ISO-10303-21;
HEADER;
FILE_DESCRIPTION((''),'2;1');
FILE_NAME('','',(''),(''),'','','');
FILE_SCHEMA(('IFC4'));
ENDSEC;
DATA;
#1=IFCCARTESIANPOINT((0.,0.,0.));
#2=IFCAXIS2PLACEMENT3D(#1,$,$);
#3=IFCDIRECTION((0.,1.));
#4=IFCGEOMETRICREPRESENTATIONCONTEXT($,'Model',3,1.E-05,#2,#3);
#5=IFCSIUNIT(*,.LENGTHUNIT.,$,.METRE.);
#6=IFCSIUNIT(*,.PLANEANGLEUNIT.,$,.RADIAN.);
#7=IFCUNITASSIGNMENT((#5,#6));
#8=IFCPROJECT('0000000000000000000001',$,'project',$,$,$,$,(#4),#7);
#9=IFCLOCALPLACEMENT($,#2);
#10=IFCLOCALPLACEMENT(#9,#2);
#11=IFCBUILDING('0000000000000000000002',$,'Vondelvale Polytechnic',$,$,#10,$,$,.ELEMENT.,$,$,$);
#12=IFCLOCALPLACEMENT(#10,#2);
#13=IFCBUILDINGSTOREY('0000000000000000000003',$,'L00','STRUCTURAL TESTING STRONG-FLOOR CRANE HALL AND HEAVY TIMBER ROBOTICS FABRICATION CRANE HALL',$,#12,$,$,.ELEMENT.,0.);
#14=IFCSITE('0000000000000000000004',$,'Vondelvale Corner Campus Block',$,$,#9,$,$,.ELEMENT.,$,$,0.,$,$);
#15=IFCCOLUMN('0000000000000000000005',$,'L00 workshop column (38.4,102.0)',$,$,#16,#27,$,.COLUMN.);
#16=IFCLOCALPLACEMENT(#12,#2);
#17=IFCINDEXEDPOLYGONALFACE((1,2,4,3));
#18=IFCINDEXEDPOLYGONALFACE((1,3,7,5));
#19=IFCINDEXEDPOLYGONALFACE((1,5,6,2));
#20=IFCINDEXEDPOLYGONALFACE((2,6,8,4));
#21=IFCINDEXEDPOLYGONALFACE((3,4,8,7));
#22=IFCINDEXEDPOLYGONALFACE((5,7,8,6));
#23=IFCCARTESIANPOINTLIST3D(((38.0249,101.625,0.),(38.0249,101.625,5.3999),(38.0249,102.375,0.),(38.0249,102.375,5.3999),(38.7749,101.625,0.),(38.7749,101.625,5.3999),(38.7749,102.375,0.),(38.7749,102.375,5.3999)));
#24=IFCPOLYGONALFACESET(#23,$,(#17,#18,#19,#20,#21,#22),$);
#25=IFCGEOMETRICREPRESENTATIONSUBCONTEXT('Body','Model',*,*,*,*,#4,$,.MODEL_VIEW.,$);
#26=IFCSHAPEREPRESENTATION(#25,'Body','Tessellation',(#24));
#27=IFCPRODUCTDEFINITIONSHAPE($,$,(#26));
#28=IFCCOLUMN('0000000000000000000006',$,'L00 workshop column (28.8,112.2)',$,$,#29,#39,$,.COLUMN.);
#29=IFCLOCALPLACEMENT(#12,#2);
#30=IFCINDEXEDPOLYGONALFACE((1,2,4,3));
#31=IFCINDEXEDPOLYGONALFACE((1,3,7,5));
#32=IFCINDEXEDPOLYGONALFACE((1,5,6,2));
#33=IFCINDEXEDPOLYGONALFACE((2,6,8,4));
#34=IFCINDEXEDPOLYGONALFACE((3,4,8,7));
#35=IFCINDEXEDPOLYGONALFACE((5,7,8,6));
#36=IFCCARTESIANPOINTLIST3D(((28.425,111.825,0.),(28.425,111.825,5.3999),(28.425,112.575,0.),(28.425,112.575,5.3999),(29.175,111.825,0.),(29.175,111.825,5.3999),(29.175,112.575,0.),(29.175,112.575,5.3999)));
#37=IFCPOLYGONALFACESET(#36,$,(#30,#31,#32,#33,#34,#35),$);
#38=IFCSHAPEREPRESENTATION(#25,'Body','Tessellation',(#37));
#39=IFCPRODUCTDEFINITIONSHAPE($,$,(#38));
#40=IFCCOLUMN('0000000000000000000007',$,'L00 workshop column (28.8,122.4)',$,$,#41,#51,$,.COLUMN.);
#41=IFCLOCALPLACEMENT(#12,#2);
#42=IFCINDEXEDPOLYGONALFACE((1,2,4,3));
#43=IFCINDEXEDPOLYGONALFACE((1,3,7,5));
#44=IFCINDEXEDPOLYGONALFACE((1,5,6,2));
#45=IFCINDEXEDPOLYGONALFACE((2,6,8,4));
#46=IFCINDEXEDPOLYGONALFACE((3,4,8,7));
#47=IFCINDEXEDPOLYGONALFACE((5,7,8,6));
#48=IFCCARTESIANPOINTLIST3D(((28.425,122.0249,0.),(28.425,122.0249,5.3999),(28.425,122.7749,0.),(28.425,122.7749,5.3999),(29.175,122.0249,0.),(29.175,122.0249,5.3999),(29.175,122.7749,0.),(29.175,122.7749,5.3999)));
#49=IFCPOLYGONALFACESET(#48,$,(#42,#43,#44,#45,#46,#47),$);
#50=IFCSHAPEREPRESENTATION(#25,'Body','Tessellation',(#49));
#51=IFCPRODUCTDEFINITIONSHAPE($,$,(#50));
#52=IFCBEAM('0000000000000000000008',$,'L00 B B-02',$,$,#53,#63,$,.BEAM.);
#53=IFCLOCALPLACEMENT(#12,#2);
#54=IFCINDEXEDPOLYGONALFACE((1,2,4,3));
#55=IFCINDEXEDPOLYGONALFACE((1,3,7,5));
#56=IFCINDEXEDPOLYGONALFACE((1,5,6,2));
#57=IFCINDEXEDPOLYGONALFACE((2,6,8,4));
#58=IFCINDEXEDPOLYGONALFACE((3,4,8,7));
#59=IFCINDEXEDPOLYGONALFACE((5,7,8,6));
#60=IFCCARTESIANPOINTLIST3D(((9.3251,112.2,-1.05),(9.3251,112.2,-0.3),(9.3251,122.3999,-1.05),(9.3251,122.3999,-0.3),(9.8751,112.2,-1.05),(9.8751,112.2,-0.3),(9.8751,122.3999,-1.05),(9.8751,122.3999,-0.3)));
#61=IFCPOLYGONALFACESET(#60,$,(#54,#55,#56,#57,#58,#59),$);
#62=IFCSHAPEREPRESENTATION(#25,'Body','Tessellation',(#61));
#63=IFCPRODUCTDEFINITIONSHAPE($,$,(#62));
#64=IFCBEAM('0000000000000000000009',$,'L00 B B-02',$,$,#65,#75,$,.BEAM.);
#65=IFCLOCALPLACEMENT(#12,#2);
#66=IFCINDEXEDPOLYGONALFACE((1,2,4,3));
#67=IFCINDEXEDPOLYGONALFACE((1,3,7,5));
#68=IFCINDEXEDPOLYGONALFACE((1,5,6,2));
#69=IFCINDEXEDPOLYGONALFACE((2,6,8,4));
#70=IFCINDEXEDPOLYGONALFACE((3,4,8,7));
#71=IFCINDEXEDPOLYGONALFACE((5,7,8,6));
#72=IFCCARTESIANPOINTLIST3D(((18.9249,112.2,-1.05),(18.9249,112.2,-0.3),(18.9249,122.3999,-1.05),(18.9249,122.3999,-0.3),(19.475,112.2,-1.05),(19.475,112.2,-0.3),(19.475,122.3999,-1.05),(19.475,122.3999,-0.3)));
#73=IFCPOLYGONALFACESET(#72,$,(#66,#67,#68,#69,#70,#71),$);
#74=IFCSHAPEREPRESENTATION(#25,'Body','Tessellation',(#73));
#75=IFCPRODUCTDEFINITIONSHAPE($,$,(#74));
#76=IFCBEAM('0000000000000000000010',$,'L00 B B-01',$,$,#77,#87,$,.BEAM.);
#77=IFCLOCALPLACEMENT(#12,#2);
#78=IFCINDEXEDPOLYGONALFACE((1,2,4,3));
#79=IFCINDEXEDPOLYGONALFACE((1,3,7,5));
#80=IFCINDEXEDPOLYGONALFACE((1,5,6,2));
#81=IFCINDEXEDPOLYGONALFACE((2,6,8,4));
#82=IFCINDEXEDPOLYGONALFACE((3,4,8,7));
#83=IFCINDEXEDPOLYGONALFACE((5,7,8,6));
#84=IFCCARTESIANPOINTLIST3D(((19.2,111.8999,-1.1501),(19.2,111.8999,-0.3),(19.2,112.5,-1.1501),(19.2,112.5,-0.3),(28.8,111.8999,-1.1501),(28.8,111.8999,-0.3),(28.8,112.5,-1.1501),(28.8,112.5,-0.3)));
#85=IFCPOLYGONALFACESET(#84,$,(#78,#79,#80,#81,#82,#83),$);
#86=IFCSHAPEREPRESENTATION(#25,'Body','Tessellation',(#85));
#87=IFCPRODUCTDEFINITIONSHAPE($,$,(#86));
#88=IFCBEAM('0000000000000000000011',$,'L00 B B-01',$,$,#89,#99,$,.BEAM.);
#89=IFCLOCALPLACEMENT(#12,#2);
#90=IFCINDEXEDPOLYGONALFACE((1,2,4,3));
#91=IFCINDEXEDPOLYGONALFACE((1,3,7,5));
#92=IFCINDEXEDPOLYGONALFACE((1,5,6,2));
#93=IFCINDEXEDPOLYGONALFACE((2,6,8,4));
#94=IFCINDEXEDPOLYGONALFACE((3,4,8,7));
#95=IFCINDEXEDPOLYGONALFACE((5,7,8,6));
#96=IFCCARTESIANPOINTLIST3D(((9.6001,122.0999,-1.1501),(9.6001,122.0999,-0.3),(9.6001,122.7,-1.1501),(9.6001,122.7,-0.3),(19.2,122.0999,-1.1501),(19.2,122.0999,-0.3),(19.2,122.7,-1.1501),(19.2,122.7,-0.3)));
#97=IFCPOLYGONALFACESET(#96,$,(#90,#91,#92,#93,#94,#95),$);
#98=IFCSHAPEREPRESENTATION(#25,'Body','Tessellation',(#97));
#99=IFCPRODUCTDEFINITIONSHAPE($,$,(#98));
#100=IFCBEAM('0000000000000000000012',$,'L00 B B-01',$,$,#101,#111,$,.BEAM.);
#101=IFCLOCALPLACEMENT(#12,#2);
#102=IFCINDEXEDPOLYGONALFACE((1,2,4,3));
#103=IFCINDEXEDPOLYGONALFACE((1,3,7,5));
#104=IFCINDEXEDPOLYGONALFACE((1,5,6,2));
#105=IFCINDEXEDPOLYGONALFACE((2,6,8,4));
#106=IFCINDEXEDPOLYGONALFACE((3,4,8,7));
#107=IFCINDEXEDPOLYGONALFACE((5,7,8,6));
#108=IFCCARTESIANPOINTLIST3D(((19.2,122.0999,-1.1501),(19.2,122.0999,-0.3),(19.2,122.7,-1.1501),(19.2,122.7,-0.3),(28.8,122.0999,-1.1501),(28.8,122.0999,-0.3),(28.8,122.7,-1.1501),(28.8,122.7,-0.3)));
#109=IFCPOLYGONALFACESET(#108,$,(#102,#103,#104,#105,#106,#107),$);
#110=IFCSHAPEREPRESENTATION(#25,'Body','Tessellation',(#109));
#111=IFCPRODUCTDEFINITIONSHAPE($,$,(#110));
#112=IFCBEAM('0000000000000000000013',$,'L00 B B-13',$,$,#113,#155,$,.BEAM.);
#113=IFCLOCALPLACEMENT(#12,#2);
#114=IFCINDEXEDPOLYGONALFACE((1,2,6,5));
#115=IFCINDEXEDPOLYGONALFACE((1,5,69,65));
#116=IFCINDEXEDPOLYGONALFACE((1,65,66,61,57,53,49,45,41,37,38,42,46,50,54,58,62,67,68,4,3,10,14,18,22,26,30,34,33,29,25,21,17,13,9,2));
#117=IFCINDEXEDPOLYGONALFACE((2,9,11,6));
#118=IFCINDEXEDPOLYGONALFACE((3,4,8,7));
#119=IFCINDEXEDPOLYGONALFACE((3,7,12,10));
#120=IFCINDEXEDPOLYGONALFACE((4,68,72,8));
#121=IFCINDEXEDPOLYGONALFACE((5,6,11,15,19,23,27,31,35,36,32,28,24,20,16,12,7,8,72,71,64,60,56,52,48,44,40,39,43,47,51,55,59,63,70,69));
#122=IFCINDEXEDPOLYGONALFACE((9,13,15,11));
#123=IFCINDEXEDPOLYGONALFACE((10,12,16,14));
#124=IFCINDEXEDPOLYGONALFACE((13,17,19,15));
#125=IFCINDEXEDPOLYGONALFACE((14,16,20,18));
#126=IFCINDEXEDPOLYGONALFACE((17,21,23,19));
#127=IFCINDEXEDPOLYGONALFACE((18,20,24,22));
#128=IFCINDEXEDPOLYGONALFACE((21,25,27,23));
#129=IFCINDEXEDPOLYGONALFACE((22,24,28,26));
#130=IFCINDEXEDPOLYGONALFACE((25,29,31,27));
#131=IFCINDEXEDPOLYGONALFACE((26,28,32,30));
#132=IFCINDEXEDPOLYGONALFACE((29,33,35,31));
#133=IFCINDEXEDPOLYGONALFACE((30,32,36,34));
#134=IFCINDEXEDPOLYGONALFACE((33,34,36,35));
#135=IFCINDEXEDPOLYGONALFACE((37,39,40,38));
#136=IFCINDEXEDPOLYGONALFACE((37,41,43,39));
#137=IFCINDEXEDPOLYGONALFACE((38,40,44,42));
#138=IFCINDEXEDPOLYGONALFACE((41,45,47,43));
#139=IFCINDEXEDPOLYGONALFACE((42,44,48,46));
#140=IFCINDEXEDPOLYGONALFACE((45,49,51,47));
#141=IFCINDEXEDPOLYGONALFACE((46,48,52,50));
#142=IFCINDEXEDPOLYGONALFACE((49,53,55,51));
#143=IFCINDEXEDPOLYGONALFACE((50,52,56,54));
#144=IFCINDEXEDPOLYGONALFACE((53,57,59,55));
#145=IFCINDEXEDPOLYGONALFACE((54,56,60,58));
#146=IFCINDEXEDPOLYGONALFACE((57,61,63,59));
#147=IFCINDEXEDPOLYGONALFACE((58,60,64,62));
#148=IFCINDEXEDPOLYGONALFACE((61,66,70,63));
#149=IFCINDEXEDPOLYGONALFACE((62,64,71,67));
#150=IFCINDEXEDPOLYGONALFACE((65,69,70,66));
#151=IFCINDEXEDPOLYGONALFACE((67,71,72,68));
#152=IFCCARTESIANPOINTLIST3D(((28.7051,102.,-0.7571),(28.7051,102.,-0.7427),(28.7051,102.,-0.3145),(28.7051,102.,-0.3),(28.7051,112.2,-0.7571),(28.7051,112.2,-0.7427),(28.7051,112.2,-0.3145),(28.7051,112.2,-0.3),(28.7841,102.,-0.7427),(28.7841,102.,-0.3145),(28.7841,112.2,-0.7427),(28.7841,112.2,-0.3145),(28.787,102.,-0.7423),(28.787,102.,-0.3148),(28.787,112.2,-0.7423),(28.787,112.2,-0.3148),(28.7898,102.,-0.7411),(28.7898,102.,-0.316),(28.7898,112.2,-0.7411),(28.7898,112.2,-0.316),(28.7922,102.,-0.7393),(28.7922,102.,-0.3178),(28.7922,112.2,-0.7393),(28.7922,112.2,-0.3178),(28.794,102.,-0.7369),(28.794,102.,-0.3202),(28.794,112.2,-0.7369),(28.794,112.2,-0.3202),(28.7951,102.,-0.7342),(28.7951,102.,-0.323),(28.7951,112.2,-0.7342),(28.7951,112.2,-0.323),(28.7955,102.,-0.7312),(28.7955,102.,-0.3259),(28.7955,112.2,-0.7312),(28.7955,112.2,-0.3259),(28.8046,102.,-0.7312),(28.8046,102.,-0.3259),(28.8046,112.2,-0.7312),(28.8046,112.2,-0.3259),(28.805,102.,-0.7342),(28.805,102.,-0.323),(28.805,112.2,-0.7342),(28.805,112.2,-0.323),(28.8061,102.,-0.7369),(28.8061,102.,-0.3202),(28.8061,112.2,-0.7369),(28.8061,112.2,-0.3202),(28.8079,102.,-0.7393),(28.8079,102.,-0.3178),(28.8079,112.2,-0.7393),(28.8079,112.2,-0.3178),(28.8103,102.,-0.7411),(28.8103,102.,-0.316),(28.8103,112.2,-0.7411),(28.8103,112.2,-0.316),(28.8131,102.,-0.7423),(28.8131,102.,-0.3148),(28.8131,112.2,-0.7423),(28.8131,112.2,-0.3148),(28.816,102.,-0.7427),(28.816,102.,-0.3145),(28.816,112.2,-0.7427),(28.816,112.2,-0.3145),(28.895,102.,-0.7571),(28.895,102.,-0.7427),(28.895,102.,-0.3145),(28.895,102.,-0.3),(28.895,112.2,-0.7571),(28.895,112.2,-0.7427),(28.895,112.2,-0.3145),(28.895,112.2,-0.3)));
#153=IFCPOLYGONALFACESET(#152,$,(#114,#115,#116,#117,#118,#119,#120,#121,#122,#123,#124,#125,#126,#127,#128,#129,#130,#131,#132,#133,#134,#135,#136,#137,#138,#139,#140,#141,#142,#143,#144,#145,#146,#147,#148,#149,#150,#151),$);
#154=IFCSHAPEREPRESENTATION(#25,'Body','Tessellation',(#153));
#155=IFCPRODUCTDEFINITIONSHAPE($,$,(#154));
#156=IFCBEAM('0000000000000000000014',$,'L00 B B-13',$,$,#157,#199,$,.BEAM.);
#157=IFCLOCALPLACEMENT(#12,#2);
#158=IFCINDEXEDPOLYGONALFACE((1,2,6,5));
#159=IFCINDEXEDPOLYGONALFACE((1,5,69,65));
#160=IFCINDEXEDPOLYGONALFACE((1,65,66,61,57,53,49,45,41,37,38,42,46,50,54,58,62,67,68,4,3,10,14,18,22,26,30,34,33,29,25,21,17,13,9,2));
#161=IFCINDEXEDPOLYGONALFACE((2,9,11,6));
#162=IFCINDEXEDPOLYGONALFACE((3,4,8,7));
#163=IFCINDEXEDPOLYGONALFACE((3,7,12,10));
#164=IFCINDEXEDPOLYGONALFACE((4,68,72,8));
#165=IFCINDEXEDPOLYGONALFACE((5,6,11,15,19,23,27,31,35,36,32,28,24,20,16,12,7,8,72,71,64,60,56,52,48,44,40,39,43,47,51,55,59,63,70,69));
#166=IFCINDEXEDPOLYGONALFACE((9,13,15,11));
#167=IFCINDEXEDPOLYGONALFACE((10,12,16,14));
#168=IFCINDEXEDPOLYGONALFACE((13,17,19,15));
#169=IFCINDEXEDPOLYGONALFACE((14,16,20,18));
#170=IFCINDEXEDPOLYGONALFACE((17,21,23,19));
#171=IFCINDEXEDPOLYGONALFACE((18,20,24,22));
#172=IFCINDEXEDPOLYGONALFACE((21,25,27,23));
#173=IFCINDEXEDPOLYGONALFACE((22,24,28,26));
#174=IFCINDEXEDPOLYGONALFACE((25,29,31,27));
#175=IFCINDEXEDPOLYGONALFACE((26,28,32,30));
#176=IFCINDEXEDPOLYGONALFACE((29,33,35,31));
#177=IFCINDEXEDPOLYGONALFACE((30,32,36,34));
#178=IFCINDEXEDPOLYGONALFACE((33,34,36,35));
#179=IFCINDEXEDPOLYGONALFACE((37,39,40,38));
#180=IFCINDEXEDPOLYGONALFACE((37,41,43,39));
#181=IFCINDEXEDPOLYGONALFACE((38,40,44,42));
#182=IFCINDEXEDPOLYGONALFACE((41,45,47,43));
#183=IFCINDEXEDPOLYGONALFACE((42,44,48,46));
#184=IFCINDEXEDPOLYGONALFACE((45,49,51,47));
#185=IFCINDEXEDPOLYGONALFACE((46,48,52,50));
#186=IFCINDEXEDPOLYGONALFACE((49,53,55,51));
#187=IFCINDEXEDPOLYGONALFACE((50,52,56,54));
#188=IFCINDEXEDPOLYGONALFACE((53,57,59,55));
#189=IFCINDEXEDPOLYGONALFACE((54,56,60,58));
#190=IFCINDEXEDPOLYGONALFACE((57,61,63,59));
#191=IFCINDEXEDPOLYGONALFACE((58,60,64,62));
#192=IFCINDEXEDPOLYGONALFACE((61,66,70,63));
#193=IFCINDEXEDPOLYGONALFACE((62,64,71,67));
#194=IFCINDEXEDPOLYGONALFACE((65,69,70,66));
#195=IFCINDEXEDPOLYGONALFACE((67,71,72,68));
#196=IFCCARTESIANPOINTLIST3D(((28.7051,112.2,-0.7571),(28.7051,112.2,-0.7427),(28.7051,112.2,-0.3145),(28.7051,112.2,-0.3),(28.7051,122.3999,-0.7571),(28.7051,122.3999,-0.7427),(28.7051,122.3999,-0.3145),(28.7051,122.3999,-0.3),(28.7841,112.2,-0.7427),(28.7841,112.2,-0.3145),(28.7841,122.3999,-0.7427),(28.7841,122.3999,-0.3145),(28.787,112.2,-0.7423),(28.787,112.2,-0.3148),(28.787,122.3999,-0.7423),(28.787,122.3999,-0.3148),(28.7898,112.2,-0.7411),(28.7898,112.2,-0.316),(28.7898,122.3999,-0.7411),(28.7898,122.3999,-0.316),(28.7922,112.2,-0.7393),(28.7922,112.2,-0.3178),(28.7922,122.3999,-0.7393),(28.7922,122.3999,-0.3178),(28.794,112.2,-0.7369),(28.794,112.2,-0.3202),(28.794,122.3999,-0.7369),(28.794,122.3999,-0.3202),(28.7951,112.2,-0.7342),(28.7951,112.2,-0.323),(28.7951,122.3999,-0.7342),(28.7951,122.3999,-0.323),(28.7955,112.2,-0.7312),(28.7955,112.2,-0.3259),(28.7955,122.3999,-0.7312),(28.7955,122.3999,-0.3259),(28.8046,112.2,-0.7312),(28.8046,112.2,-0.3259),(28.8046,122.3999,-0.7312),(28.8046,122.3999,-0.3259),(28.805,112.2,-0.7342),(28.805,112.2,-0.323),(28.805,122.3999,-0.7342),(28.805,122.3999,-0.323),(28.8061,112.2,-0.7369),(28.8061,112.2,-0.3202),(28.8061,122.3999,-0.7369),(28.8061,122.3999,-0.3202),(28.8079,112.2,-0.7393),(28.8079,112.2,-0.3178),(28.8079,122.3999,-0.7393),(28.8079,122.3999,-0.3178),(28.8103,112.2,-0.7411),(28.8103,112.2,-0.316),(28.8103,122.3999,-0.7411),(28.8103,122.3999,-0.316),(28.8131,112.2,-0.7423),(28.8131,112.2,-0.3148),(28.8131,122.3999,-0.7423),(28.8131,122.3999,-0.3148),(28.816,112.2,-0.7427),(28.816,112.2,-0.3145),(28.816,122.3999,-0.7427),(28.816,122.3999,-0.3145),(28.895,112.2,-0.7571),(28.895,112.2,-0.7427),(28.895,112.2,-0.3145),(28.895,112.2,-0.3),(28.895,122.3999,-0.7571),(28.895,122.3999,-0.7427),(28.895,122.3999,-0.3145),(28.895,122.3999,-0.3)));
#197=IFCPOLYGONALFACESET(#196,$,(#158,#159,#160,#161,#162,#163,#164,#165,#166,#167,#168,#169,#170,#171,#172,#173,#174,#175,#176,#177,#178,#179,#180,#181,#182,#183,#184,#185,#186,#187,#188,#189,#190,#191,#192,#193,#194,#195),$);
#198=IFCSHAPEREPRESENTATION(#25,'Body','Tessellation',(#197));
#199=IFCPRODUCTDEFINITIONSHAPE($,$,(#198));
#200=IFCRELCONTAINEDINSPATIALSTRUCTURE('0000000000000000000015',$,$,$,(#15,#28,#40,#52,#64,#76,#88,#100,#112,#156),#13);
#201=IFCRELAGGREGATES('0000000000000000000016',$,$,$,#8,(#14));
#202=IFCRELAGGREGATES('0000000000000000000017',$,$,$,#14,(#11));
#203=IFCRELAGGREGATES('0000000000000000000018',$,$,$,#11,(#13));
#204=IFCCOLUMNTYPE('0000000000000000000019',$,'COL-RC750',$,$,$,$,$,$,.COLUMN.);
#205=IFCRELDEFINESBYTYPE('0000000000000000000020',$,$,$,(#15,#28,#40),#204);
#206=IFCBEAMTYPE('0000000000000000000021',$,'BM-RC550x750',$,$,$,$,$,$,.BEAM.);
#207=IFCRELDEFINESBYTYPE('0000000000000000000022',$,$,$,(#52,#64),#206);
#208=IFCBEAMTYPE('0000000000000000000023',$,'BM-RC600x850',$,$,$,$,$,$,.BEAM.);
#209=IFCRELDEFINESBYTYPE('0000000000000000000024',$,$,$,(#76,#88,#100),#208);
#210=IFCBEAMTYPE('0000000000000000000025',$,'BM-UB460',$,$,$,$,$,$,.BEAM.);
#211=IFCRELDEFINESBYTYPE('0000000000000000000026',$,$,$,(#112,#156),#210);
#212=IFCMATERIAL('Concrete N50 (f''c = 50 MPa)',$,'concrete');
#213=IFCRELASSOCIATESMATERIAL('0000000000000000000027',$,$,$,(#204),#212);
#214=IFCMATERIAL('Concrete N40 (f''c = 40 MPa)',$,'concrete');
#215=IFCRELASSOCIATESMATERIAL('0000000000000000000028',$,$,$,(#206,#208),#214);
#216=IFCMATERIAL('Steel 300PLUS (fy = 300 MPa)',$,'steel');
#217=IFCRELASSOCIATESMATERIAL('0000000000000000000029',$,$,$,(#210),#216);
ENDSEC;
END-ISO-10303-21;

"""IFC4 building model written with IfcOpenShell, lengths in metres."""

from ifc_helpers import new_model, si_unit, direction, frame, origin, origin_2d, place, context, subcontext, project, spatial, rectangle, i_section, extrude, material, material_profile, profile_set, type_object, element, save


model = new_model("IFC4")

# Units and contexts
model_context = context("Model", 3, precision=1e-05, world=origin(), true_north=direction((0.0, 1.0)))
body_context = subcontext(model_context, "Body", "Model", "MODEL_VIEW")
ifc_project = project(units=[si_unit("LENGTHUNIT", "METRE"), si_unit("PLANEANGLEUNIT", "RADIAN")], contexts=[model_context])

# Site, building, storey
site_placement = place(None, origin())
site = spatial("IfcSite", under=ifc_project, at=site_placement, Name="Vondelvale Corner Campus Block", CompositionType="ELEMENT", RefElevation=0.0)
building_placement = place(site_placement, origin())
building = spatial("IfcBuilding", under=site, at=building_placement, Name="Vondelvale Polytechnic", CompositionType="ELEMENT")
storey_placement = place(building_placement, origin())
storey = spatial("IfcBuildingStorey", under=building, at=storey_placement, Name="L00", Description="STRUCTURAL TESTING STRONG-FLOOR CRANE HALL AND HEAVY TIMBER ROBOTICS FABRICATION CRANE HALL", CompositionType="ELEMENT", Elevation=0.0)

# Columns
ifc_material_1 = material(Name="Concrete N50 (f'c = 50 MPa)", Category="concrete")
ifc_material_profile_1 = material_profile(ifc_material_1, rectangle(XDim=0.75, YDim=0.75, at=origin_2d()), Name="RC-COL-750x750")
ifc_profile_set_1 = profile_set([ifc_material_profile_1], Name="Concrete N50 (f'c = 50 MPa)")
column_type = type_object("IfcColumnType", Name="COL-RC750", PredefinedType="COLUMN", material=ifc_profile_set_1)
for number, where, z_axis, x_axis, name in (
    (1, (38.3999, 102.0, 0.0), (0.0, 0.0, 1.0), (1.0, 0.0, 0.0), "L00 workshop column (38.4,102.0)"),
    (2, (28.8, 112.2, 0.0), (0.0, 0.0, 1.0), (1.0, 0.0, 0.0), "L00 workshop column (28.8,112.2)"),
    (3, (28.8, 122.3999, 0.0), (0.0, 0.0, 1.0), (1.0, 0.0, 0.0), "L00 workshop column (28.8,122.4)"),
):
    element("IfcColumn", number, at=place(storey_placement, frame(where, z_axis=z_axis, x_axis=x_axis)), inside=storey, type_object=column_type, Name=name, PredefinedType="COLUMN", context=body_context, shape_type="SweptSolid", body=[
        extrude(rectangle(XDim=0.75, YDim=0.75, at=origin_2d()), origin(), (0.0, 0.0, 1.0), 5.3999),
    ])

# Beams
ifc_material_2 = material(Name="Concrete N40 (f'c = 40 MPa)", Category="concrete")
ifc_material_profile_2 = material_profile(ifc_material_2, rectangle(XDim=0.55, YDim=0.75, at=origin_2d()), Name="RC-BM-550x750")
ifc_profile_set_2 = profile_set([ifc_material_profile_2], Name="Concrete N40 (f'c = 40 MPa)")
beam_type_1 = type_object("IfcBeamType", Name="BM-RC550x750", PredefinedType="BEAM", material=ifc_profile_set_2)
for number, where, z_axis, x_axis, name in (
    (4, (9.6001, 112.2, -0.675), (0.0, 1.0, 0.0), (-1.0, 0.0, 0.0), "L00 B B-02"),
    (5, (19.2, 112.2, -0.675), (0.0, 1.0, 0.0), (-1.0, 0.0, 0.0), "L00 B B-02"),
):
    element("IfcBeam", number, at=place(storey_placement, frame(where, z_axis=z_axis, x_axis=x_axis)), inside=storey, type_object=beam_type_1, Name=name, PredefinedType="BEAM", context=body_context, shape_type="SweptSolid", body=[
        extrude(rectangle(XDim=0.55, YDim=0.75, at=origin_2d()), origin(), (0.0, 0.0, 1.0), 10.2),
    ])
ifc_material_profile_3 = material_profile(ifc_material_2, rectangle(XDim=0.6001, YDim=0.8501, at=origin_2d()), Name="RC-BM-600x850")
ifc_profile_set_3 = profile_set([ifc_material_profile_3], Name="Concrete N40 (f'c = 40 MPa)")
beam_type_2 = type_object("IfcBeamType", Name="BM-RC600x850", PredefinedType="BEAM", material=ifc_profile_set_3)
beam_1_placement = place(storey_placement, frame((19.2, 112.2, -0.7251), z_axis=(1.0, 0.0, 0.0), x_axis=(0.0, 1.0, 0.0)))
element("IfcBeam", 6, at=beam_1_placement, inside=storey, type_object=beam_type_2, Name="L00 B B-01", PredefinedType="BEAM", context=body_context, shape_type="SweptSolid", body=[
    extrude(rectangle(XDim=0.6001, YDim=0.8501, at=origin_2d()), origin(), (0.0, 0.0, 1.0), 9.6001),
])
beam_2_placement = place(storey_placement, frame((9.6001, 122.3999, -0.7251), z_axis=(1.0, 0.0, 0.0), x_axis=(0.0, 1.0, 0.0)))
element("IfcBeam", 7, at=beam_2_placement, inside=storey, type_object=beam_type_2, Name="L00 B B-01", PredefinedType="BEAM", context=body_context, shape_type="SweptSolid", body=[
    extrude(rectangle(XDim=0.6001, YDim=0.8501, at=origin_2d()), origin(), (0.0, 0.0, 1.0), 9.5999),
])
beam_3_placement = place(storey_placement, frame((19.2, 122.3999, -0.7251), z_axis=(1.0, 0.0, 0.0), x_axis=(0.0, 1.0, 0.0)))
element("IfcBeam", 8, at=beam_3_placement, inside=storey, type_object=beam_type_2, Name="L00 B B-01", PredefinedType="BEAM", context=body_context, shape_type="SweptSolid", body=[
    extrude(rectangle(XDim=0.6001, YDim=0.8501, at=origin_2d()), origin(), (0.0, 0.0, 1.0), 9.6001),
])
ifc_material_3 = material(Name="Steel 300PLUS (fy = 300 MPa)", Category="steel")
ifc_material_profile_4 = material_profile(ifc_material_3, i_section(OverallWidth=0.1899, OverallDepth=0.457, WebThickness=0.009, FlangeThickness=0.0144, FilletRadius=0.0115, at=origin_2d()), Name="460UB74.6")
ifc_profile_set_4 = profile_set([ifc_material_profile_4], Name="Steel 300PLUS (fy = 300 MPa)")
beam_type_3 = type_object("IfcBeamType", Name="BM-UB460", PredefinedType="BEAM", material=ifc_profile_set_4)
for number, where, z_axis, x_axis, name in (
    (9, (28.8, 102.0, -0.5286), (0.0, 1.0, 0.0), (-1.0, 0.0, 0.0), "L00 B B-13"),
    (10, (28.8, 112.2, -0.5286), (0.0, 1.0, 0.0), (-1.0, 0.0, 0.0), "L00 B B-13"),
):
    element("IfcBeam", number, at=place(storey_placement, frame(where, z_axis=z_axis, x_axis=x_axis)), inside=storey, type_object=beam_type_3, Name=name, PredefinedType="BEAM", context=body_context, shape_type="SweptSolid", body=[
        extrude(i_section(OverallWidth=0.1899, OverallDepth=0.457, WebThickness=0.009, FlangeThickness=0.0144, FilletRadius=0.0115, at=origin_2d()), origin(), (0.0, 0.0, 1.0), 10.2),
    ])

save(model, "model.ifc")
